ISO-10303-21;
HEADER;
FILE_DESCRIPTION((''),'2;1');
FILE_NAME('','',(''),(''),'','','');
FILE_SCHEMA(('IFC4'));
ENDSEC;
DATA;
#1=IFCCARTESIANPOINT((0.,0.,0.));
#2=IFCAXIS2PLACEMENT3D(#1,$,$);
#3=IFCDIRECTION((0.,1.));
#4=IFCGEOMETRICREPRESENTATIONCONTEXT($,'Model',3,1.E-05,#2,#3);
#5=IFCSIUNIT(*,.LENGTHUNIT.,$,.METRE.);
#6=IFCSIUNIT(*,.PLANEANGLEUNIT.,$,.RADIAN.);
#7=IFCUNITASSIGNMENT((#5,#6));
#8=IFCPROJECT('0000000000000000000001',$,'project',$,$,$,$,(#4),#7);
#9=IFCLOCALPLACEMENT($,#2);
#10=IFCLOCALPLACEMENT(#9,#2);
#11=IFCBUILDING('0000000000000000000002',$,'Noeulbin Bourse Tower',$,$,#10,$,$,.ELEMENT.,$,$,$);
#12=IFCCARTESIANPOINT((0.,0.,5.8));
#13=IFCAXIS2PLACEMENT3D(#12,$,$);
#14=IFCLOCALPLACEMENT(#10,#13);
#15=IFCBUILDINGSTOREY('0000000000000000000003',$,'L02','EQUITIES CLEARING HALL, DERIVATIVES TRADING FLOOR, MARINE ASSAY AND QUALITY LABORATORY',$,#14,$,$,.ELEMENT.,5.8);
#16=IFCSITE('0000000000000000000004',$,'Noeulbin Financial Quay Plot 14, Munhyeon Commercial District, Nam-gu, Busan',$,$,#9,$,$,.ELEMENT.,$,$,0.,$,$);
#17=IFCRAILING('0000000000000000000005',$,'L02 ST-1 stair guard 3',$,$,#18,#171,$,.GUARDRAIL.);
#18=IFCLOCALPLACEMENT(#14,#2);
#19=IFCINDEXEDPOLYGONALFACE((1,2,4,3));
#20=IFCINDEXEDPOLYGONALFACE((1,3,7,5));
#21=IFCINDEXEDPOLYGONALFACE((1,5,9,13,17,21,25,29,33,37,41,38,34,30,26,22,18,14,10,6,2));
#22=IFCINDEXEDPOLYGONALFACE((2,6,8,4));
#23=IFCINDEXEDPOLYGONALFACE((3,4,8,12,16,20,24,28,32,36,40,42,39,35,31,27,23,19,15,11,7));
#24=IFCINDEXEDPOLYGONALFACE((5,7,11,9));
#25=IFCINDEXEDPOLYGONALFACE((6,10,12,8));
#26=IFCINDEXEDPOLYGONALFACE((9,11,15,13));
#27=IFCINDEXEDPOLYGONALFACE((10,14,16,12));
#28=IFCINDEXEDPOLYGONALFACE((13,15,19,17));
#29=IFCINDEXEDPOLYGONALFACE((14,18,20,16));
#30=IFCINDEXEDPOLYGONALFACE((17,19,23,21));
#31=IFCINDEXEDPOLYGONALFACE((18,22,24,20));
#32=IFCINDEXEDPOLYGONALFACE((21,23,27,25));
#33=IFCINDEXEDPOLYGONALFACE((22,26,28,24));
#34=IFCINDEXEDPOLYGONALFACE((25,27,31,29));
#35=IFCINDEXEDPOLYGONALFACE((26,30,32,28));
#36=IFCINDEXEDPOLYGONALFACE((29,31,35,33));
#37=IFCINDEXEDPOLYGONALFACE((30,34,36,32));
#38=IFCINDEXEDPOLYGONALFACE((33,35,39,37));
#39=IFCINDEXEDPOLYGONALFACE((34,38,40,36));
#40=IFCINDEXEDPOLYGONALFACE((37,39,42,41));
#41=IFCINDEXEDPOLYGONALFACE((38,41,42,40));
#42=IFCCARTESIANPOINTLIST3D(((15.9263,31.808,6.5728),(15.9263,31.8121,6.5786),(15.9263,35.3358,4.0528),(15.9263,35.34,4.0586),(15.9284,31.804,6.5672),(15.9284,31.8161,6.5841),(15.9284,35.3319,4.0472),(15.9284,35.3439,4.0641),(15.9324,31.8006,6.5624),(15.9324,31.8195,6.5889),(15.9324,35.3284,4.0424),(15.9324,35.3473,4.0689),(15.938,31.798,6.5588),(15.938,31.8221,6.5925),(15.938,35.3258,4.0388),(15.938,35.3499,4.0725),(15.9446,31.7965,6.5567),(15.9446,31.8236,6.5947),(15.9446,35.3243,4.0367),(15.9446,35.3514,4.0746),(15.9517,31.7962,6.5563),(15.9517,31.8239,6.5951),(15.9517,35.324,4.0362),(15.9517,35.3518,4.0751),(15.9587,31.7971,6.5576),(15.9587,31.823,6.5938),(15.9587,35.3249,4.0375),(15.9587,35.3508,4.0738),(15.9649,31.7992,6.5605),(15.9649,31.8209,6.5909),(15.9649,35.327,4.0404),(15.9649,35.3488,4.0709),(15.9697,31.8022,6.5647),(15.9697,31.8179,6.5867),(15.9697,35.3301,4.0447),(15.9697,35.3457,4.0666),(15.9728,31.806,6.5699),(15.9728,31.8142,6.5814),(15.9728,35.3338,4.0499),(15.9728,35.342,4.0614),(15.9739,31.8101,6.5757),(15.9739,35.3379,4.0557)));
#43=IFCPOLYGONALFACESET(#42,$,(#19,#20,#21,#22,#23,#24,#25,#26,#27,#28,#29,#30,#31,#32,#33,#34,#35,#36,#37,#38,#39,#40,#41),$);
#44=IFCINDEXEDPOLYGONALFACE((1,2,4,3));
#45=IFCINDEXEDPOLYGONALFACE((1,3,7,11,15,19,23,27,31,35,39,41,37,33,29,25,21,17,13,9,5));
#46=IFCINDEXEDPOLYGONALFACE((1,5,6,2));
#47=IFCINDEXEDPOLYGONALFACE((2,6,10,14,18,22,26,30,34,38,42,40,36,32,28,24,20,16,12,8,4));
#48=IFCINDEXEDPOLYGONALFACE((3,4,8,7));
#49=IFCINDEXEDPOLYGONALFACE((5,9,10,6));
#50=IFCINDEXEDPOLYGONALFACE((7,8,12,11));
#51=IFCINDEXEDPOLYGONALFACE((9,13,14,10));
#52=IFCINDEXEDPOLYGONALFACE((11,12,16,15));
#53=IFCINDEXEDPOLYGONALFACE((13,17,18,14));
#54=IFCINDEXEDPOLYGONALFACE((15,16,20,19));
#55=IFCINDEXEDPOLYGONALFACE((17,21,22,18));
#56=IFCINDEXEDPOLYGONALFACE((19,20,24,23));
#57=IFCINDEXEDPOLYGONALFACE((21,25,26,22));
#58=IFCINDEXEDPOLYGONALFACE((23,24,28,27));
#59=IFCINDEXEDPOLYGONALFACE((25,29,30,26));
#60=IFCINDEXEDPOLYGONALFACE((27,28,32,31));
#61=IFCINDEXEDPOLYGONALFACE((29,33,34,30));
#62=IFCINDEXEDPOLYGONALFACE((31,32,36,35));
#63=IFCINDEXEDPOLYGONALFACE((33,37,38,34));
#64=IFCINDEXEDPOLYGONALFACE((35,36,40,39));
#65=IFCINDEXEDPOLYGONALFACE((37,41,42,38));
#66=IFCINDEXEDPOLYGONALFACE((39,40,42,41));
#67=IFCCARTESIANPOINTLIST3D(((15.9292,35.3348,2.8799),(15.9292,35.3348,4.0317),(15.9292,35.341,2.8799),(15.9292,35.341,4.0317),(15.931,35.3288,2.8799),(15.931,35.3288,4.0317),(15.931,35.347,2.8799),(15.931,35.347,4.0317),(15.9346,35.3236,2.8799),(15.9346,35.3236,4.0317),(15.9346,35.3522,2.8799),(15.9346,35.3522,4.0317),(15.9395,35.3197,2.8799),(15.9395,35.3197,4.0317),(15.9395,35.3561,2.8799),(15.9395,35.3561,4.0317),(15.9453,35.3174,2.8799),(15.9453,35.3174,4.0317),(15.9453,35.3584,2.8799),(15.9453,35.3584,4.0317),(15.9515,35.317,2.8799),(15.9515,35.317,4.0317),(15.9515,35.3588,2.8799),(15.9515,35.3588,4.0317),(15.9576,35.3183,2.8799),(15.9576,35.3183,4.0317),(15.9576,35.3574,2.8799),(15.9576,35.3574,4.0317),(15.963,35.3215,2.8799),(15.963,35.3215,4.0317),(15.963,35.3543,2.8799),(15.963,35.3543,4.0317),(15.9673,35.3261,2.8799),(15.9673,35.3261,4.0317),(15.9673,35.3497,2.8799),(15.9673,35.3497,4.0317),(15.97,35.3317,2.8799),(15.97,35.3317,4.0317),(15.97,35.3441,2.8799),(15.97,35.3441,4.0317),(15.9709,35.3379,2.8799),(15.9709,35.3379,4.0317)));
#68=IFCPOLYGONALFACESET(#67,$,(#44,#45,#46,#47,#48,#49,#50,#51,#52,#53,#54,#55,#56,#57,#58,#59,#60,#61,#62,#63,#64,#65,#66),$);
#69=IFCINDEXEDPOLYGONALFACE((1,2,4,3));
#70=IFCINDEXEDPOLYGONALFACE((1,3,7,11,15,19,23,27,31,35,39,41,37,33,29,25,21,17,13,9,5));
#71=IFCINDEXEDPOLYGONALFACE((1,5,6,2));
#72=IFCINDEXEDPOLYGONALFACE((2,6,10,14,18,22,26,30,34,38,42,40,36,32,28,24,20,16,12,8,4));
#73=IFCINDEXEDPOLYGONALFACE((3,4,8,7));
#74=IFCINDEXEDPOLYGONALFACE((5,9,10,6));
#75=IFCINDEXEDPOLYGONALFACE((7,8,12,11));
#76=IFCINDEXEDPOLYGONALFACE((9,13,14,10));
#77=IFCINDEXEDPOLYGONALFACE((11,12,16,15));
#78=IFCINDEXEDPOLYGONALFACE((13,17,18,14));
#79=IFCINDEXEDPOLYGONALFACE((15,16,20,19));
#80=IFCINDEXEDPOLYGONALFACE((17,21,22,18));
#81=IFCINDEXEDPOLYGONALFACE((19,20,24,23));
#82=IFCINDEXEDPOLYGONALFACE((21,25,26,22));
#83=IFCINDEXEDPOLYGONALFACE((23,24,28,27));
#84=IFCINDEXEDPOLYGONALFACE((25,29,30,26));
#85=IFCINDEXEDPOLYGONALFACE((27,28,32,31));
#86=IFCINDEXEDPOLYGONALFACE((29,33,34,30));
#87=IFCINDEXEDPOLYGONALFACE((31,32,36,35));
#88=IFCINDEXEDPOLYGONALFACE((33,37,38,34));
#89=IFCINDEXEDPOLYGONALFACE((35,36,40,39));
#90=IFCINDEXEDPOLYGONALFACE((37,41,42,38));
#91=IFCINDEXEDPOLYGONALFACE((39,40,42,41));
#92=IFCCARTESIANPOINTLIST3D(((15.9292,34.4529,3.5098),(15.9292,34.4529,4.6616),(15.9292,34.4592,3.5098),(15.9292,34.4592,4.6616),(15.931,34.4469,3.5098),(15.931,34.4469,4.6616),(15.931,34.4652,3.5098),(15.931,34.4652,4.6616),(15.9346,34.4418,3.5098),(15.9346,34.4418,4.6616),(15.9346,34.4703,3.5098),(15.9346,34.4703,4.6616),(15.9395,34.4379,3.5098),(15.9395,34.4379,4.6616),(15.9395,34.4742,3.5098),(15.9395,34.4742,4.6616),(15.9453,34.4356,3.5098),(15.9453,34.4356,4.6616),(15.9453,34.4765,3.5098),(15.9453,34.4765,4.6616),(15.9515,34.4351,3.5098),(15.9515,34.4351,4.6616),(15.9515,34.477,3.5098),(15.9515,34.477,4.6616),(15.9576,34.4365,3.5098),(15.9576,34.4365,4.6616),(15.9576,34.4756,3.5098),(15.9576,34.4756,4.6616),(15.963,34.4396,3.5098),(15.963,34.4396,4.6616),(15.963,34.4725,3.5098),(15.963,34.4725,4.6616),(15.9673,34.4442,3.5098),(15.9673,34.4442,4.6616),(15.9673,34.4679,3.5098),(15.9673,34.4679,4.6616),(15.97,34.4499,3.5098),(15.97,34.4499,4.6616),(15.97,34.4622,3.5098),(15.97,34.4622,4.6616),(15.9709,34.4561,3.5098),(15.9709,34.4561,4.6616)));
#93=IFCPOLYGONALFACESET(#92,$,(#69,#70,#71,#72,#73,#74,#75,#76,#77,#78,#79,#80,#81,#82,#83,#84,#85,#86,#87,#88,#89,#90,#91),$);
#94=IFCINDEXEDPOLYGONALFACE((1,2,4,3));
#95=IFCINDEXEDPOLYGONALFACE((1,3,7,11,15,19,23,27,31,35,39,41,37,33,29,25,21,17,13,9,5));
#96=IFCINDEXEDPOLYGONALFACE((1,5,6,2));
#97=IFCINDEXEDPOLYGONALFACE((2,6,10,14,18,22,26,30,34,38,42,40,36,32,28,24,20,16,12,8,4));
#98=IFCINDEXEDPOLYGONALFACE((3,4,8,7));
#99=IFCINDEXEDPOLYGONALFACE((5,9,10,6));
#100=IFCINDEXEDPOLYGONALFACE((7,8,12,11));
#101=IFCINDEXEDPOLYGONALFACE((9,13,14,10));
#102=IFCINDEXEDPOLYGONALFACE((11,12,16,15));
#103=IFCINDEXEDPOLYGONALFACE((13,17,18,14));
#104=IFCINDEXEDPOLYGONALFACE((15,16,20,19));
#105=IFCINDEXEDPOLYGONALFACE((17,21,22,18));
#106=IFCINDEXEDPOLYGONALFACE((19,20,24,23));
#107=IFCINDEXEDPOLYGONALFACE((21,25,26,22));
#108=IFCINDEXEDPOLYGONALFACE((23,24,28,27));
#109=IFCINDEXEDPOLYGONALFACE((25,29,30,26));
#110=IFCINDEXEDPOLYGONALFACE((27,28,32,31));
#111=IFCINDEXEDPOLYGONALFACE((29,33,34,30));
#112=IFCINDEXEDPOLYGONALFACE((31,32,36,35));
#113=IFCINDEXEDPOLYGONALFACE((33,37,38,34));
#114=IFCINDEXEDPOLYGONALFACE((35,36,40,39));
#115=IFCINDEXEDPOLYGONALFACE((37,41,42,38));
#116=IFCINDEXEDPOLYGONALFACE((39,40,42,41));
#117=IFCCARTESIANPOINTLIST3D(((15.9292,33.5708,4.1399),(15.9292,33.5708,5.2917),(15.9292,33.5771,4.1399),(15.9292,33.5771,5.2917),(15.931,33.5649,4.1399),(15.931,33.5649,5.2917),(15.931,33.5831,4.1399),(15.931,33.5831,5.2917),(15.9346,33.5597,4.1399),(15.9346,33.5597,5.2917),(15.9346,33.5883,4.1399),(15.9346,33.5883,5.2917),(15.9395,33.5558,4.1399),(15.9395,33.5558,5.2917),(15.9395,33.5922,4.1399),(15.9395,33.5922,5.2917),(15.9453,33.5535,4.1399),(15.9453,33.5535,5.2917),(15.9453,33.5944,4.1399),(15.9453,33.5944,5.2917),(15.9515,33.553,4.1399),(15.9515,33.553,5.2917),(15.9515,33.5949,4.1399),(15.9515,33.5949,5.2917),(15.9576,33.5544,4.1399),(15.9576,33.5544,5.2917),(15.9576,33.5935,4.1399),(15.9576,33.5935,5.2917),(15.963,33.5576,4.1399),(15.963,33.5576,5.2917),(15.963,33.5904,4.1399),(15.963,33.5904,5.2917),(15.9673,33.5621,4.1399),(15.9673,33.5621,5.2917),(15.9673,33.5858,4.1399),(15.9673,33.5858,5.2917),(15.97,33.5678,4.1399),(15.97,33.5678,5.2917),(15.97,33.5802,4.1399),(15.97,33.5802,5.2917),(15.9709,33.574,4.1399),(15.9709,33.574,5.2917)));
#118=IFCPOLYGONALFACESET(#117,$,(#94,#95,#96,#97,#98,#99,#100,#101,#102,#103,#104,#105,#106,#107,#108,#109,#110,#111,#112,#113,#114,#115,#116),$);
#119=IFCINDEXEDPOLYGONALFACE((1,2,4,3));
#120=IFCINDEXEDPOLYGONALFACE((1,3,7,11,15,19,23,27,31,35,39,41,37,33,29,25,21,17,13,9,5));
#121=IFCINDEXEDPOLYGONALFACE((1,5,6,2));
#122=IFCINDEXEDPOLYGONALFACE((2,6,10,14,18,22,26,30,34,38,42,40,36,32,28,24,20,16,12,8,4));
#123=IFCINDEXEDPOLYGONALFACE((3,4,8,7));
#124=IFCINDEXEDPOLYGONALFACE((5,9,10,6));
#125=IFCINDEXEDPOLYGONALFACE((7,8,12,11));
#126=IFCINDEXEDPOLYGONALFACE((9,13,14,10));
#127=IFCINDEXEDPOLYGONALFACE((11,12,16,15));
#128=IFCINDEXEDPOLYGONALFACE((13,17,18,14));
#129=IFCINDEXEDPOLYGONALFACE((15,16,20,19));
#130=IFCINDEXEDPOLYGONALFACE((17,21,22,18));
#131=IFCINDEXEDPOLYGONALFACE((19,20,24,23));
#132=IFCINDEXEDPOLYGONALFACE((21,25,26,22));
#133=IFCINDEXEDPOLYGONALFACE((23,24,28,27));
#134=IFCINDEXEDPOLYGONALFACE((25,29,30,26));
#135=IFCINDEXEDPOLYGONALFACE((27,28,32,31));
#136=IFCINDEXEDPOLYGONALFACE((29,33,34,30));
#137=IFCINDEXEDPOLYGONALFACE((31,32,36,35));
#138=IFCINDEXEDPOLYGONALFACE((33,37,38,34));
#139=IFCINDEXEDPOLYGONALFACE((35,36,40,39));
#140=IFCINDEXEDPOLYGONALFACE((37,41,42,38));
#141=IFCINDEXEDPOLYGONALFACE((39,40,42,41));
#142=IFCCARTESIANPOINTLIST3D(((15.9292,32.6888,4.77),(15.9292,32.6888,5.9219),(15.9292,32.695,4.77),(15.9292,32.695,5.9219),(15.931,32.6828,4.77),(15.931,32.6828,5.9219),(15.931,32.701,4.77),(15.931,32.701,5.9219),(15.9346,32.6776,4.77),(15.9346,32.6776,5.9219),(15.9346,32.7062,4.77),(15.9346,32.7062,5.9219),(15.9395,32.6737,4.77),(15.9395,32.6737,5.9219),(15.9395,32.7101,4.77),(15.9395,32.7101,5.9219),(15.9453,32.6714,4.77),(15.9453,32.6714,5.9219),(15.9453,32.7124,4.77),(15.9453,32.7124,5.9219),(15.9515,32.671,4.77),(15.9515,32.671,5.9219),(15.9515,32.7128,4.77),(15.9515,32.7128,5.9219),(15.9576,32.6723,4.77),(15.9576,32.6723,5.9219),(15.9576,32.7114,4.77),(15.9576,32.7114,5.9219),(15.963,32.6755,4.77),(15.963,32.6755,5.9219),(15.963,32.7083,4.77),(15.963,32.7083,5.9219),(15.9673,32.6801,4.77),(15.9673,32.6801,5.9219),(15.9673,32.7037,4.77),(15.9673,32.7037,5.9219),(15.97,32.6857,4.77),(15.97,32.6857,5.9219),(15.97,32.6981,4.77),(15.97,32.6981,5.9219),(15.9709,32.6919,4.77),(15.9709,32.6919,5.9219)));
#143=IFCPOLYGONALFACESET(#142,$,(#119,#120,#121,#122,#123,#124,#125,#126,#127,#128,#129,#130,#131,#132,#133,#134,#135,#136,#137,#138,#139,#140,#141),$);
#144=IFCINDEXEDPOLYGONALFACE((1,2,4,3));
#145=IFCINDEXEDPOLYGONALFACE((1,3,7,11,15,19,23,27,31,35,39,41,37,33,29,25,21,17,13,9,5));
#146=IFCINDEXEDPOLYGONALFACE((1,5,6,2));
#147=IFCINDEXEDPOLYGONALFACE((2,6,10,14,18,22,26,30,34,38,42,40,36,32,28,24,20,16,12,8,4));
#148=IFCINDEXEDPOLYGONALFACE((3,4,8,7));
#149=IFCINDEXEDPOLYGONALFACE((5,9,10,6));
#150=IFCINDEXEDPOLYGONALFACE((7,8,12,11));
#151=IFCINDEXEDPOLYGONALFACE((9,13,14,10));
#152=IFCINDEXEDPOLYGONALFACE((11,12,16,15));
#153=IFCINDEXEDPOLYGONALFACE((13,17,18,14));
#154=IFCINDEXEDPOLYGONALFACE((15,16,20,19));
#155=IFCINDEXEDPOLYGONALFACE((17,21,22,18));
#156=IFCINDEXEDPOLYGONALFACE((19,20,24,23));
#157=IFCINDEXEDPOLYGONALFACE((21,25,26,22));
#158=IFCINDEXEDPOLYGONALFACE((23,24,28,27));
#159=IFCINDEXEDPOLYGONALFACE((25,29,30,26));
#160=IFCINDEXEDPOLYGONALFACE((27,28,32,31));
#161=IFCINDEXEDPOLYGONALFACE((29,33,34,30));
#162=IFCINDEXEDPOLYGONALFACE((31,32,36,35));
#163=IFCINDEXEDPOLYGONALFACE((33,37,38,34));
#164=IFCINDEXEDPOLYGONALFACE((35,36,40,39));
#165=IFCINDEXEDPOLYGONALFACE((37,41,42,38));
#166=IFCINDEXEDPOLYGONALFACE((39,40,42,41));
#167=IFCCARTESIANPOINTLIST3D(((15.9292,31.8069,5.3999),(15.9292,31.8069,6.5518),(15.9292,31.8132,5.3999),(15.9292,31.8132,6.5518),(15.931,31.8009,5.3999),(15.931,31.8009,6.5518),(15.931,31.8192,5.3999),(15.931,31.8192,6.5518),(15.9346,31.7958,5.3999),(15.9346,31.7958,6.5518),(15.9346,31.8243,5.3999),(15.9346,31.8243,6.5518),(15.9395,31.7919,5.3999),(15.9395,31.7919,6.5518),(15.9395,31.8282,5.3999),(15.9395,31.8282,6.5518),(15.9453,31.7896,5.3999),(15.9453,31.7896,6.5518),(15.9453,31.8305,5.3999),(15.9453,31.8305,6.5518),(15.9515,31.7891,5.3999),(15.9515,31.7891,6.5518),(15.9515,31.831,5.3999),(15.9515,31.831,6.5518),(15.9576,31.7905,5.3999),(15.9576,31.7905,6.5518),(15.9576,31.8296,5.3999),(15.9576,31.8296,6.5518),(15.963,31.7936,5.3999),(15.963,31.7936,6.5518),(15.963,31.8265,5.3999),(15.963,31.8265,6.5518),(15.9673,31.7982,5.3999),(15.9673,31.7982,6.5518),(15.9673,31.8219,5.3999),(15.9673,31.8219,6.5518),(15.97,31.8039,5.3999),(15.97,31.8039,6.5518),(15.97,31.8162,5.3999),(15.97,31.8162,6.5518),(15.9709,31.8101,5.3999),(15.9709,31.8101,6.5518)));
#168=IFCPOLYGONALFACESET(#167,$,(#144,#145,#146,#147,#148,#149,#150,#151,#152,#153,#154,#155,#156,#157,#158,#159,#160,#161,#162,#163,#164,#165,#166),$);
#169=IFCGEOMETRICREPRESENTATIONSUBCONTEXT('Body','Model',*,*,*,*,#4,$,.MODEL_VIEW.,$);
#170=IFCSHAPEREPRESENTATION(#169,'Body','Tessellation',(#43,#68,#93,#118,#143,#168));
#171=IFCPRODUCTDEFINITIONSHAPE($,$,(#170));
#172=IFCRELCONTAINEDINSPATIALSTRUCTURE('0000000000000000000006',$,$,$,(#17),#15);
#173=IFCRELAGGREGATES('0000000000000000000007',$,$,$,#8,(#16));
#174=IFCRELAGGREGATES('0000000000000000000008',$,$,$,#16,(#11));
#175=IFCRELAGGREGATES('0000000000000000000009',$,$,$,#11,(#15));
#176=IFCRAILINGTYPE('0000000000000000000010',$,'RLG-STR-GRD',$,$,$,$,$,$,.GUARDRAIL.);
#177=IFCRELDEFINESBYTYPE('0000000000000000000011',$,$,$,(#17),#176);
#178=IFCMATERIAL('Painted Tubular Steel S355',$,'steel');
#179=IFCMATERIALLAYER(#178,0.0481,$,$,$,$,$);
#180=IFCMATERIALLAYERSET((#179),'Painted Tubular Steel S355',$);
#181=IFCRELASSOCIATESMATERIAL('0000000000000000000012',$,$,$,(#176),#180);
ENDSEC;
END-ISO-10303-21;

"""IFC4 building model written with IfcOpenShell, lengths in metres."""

from ifc_helpers import new_model, si_unit, direction, frame, origin, origin_2d, place, context, subcontext, project, spatial, circle, extrude, material, layer, layer_set, type_object, element, save


model = new_model("IFC4")

# Units and contexts
model_context = context("Model", 3, precision=1e-05, world=origin(), true_north=direction((0.0, 1.0)))
body_context = subcontext(model_context, "Body", "Model", "MODEL_VIEW")
ifc_project = project(units=[si_unit("LENGTHUNIT", "METRE"), si_unit("PLANEANGLEUNIT", "RADIAN")], contexts=[model_context])

# Site, building, storey
site_placement = place(None, origin())
site = spatial("IfcSite", under=ifc_project, at=site_placement, Name="Noeulbin Financial Quay Plot 14, Munhyeon Commercial District, Nam-gu, Busan", CompositionType="ELEMENT", RefElevation=0.0)
building_placement = place(site_placement, origin())
building = spatial("IfcBuilding", under=site, at=building_placement, Name="Noeulbin Bourse Tower", CompositionType="ELEMENT")
storey_placement = place(building_placement, frame((0.0, 0.0, 5.8)))
storey = spatial("IfcBuildingStorey", under=building, at=storey_placement, Name="L02", Description="EQUITIES CLEARING HALL, DERIVATIVES TRADING FLOOR, MARINE ASSAY AND QUALITY LABORATORY", CompositionType="ELEMENT", Elevation=5.8)

# Railing
ifc_material_1 = material(Name="Painted Tubular Steel S355", Category="steel")
ifc_layer_1 = layer(ifc_material_1, 0.0481)
ifc_layer_set_1 = layer_set([ifc_layer_1], Name="Painted Tubular Steel S355")
railing_type_1 = type_object("IfcRailingType", Name="RLG-STR-GRD", PredefinedType="GUARDRAIL", material=ifc_layer_set_1)
railing_1_placement = place(storey_placement, frame((15.95, 35.3379, 2.8799)))
element("IfcRailing", 1, at=railing_1_placement, inside=storey, type_object=railing_type_1, Name="L02 ST-1 stair guard 3", PredefinedType="GUARDRAIL", context=body_context, shape_type="SweptSolid", body=[
    extrude(circle(Radius=0.0239, at=origin_2d()), frame((0.0, 0.0, 1.1758), z_axis=(0.0, -0.813718, 0.58126), x_axis=(1.0, 0.0, 0.0)), (0.0, 0.0, 1.0), 4.3354),
    extrude(circle(Radius=0.021, at=origin_2d()), origin(), (0.0, 0.0, 1.0), 1.1519),
    extrude(circle(Radius=0.021, at=origin_2d()), frame((0.0, -0.8818, 0.6299)), (0.0, 0.0, 1.0), 1.1519),
    extrude(circle(Radius=0.021, at=origin_2d()), frame((0.0, -1.7639, 1.26)), (0.0, 0.0, 1.0), 1.1519),
    extrude(circle(Radius=0.021, at=origin_2d()), frame((0.0, -2.646, 1.8901)), (0.0, 0.0, 1.0), 1.1519),
    extrude(circle(Radius=0.021, at=origin_2d()), frame((0.0, -3.5278, 2.52)), (0.0, 0.0, 1.0), 1.1519),
])

save(model, "model.ifc")
